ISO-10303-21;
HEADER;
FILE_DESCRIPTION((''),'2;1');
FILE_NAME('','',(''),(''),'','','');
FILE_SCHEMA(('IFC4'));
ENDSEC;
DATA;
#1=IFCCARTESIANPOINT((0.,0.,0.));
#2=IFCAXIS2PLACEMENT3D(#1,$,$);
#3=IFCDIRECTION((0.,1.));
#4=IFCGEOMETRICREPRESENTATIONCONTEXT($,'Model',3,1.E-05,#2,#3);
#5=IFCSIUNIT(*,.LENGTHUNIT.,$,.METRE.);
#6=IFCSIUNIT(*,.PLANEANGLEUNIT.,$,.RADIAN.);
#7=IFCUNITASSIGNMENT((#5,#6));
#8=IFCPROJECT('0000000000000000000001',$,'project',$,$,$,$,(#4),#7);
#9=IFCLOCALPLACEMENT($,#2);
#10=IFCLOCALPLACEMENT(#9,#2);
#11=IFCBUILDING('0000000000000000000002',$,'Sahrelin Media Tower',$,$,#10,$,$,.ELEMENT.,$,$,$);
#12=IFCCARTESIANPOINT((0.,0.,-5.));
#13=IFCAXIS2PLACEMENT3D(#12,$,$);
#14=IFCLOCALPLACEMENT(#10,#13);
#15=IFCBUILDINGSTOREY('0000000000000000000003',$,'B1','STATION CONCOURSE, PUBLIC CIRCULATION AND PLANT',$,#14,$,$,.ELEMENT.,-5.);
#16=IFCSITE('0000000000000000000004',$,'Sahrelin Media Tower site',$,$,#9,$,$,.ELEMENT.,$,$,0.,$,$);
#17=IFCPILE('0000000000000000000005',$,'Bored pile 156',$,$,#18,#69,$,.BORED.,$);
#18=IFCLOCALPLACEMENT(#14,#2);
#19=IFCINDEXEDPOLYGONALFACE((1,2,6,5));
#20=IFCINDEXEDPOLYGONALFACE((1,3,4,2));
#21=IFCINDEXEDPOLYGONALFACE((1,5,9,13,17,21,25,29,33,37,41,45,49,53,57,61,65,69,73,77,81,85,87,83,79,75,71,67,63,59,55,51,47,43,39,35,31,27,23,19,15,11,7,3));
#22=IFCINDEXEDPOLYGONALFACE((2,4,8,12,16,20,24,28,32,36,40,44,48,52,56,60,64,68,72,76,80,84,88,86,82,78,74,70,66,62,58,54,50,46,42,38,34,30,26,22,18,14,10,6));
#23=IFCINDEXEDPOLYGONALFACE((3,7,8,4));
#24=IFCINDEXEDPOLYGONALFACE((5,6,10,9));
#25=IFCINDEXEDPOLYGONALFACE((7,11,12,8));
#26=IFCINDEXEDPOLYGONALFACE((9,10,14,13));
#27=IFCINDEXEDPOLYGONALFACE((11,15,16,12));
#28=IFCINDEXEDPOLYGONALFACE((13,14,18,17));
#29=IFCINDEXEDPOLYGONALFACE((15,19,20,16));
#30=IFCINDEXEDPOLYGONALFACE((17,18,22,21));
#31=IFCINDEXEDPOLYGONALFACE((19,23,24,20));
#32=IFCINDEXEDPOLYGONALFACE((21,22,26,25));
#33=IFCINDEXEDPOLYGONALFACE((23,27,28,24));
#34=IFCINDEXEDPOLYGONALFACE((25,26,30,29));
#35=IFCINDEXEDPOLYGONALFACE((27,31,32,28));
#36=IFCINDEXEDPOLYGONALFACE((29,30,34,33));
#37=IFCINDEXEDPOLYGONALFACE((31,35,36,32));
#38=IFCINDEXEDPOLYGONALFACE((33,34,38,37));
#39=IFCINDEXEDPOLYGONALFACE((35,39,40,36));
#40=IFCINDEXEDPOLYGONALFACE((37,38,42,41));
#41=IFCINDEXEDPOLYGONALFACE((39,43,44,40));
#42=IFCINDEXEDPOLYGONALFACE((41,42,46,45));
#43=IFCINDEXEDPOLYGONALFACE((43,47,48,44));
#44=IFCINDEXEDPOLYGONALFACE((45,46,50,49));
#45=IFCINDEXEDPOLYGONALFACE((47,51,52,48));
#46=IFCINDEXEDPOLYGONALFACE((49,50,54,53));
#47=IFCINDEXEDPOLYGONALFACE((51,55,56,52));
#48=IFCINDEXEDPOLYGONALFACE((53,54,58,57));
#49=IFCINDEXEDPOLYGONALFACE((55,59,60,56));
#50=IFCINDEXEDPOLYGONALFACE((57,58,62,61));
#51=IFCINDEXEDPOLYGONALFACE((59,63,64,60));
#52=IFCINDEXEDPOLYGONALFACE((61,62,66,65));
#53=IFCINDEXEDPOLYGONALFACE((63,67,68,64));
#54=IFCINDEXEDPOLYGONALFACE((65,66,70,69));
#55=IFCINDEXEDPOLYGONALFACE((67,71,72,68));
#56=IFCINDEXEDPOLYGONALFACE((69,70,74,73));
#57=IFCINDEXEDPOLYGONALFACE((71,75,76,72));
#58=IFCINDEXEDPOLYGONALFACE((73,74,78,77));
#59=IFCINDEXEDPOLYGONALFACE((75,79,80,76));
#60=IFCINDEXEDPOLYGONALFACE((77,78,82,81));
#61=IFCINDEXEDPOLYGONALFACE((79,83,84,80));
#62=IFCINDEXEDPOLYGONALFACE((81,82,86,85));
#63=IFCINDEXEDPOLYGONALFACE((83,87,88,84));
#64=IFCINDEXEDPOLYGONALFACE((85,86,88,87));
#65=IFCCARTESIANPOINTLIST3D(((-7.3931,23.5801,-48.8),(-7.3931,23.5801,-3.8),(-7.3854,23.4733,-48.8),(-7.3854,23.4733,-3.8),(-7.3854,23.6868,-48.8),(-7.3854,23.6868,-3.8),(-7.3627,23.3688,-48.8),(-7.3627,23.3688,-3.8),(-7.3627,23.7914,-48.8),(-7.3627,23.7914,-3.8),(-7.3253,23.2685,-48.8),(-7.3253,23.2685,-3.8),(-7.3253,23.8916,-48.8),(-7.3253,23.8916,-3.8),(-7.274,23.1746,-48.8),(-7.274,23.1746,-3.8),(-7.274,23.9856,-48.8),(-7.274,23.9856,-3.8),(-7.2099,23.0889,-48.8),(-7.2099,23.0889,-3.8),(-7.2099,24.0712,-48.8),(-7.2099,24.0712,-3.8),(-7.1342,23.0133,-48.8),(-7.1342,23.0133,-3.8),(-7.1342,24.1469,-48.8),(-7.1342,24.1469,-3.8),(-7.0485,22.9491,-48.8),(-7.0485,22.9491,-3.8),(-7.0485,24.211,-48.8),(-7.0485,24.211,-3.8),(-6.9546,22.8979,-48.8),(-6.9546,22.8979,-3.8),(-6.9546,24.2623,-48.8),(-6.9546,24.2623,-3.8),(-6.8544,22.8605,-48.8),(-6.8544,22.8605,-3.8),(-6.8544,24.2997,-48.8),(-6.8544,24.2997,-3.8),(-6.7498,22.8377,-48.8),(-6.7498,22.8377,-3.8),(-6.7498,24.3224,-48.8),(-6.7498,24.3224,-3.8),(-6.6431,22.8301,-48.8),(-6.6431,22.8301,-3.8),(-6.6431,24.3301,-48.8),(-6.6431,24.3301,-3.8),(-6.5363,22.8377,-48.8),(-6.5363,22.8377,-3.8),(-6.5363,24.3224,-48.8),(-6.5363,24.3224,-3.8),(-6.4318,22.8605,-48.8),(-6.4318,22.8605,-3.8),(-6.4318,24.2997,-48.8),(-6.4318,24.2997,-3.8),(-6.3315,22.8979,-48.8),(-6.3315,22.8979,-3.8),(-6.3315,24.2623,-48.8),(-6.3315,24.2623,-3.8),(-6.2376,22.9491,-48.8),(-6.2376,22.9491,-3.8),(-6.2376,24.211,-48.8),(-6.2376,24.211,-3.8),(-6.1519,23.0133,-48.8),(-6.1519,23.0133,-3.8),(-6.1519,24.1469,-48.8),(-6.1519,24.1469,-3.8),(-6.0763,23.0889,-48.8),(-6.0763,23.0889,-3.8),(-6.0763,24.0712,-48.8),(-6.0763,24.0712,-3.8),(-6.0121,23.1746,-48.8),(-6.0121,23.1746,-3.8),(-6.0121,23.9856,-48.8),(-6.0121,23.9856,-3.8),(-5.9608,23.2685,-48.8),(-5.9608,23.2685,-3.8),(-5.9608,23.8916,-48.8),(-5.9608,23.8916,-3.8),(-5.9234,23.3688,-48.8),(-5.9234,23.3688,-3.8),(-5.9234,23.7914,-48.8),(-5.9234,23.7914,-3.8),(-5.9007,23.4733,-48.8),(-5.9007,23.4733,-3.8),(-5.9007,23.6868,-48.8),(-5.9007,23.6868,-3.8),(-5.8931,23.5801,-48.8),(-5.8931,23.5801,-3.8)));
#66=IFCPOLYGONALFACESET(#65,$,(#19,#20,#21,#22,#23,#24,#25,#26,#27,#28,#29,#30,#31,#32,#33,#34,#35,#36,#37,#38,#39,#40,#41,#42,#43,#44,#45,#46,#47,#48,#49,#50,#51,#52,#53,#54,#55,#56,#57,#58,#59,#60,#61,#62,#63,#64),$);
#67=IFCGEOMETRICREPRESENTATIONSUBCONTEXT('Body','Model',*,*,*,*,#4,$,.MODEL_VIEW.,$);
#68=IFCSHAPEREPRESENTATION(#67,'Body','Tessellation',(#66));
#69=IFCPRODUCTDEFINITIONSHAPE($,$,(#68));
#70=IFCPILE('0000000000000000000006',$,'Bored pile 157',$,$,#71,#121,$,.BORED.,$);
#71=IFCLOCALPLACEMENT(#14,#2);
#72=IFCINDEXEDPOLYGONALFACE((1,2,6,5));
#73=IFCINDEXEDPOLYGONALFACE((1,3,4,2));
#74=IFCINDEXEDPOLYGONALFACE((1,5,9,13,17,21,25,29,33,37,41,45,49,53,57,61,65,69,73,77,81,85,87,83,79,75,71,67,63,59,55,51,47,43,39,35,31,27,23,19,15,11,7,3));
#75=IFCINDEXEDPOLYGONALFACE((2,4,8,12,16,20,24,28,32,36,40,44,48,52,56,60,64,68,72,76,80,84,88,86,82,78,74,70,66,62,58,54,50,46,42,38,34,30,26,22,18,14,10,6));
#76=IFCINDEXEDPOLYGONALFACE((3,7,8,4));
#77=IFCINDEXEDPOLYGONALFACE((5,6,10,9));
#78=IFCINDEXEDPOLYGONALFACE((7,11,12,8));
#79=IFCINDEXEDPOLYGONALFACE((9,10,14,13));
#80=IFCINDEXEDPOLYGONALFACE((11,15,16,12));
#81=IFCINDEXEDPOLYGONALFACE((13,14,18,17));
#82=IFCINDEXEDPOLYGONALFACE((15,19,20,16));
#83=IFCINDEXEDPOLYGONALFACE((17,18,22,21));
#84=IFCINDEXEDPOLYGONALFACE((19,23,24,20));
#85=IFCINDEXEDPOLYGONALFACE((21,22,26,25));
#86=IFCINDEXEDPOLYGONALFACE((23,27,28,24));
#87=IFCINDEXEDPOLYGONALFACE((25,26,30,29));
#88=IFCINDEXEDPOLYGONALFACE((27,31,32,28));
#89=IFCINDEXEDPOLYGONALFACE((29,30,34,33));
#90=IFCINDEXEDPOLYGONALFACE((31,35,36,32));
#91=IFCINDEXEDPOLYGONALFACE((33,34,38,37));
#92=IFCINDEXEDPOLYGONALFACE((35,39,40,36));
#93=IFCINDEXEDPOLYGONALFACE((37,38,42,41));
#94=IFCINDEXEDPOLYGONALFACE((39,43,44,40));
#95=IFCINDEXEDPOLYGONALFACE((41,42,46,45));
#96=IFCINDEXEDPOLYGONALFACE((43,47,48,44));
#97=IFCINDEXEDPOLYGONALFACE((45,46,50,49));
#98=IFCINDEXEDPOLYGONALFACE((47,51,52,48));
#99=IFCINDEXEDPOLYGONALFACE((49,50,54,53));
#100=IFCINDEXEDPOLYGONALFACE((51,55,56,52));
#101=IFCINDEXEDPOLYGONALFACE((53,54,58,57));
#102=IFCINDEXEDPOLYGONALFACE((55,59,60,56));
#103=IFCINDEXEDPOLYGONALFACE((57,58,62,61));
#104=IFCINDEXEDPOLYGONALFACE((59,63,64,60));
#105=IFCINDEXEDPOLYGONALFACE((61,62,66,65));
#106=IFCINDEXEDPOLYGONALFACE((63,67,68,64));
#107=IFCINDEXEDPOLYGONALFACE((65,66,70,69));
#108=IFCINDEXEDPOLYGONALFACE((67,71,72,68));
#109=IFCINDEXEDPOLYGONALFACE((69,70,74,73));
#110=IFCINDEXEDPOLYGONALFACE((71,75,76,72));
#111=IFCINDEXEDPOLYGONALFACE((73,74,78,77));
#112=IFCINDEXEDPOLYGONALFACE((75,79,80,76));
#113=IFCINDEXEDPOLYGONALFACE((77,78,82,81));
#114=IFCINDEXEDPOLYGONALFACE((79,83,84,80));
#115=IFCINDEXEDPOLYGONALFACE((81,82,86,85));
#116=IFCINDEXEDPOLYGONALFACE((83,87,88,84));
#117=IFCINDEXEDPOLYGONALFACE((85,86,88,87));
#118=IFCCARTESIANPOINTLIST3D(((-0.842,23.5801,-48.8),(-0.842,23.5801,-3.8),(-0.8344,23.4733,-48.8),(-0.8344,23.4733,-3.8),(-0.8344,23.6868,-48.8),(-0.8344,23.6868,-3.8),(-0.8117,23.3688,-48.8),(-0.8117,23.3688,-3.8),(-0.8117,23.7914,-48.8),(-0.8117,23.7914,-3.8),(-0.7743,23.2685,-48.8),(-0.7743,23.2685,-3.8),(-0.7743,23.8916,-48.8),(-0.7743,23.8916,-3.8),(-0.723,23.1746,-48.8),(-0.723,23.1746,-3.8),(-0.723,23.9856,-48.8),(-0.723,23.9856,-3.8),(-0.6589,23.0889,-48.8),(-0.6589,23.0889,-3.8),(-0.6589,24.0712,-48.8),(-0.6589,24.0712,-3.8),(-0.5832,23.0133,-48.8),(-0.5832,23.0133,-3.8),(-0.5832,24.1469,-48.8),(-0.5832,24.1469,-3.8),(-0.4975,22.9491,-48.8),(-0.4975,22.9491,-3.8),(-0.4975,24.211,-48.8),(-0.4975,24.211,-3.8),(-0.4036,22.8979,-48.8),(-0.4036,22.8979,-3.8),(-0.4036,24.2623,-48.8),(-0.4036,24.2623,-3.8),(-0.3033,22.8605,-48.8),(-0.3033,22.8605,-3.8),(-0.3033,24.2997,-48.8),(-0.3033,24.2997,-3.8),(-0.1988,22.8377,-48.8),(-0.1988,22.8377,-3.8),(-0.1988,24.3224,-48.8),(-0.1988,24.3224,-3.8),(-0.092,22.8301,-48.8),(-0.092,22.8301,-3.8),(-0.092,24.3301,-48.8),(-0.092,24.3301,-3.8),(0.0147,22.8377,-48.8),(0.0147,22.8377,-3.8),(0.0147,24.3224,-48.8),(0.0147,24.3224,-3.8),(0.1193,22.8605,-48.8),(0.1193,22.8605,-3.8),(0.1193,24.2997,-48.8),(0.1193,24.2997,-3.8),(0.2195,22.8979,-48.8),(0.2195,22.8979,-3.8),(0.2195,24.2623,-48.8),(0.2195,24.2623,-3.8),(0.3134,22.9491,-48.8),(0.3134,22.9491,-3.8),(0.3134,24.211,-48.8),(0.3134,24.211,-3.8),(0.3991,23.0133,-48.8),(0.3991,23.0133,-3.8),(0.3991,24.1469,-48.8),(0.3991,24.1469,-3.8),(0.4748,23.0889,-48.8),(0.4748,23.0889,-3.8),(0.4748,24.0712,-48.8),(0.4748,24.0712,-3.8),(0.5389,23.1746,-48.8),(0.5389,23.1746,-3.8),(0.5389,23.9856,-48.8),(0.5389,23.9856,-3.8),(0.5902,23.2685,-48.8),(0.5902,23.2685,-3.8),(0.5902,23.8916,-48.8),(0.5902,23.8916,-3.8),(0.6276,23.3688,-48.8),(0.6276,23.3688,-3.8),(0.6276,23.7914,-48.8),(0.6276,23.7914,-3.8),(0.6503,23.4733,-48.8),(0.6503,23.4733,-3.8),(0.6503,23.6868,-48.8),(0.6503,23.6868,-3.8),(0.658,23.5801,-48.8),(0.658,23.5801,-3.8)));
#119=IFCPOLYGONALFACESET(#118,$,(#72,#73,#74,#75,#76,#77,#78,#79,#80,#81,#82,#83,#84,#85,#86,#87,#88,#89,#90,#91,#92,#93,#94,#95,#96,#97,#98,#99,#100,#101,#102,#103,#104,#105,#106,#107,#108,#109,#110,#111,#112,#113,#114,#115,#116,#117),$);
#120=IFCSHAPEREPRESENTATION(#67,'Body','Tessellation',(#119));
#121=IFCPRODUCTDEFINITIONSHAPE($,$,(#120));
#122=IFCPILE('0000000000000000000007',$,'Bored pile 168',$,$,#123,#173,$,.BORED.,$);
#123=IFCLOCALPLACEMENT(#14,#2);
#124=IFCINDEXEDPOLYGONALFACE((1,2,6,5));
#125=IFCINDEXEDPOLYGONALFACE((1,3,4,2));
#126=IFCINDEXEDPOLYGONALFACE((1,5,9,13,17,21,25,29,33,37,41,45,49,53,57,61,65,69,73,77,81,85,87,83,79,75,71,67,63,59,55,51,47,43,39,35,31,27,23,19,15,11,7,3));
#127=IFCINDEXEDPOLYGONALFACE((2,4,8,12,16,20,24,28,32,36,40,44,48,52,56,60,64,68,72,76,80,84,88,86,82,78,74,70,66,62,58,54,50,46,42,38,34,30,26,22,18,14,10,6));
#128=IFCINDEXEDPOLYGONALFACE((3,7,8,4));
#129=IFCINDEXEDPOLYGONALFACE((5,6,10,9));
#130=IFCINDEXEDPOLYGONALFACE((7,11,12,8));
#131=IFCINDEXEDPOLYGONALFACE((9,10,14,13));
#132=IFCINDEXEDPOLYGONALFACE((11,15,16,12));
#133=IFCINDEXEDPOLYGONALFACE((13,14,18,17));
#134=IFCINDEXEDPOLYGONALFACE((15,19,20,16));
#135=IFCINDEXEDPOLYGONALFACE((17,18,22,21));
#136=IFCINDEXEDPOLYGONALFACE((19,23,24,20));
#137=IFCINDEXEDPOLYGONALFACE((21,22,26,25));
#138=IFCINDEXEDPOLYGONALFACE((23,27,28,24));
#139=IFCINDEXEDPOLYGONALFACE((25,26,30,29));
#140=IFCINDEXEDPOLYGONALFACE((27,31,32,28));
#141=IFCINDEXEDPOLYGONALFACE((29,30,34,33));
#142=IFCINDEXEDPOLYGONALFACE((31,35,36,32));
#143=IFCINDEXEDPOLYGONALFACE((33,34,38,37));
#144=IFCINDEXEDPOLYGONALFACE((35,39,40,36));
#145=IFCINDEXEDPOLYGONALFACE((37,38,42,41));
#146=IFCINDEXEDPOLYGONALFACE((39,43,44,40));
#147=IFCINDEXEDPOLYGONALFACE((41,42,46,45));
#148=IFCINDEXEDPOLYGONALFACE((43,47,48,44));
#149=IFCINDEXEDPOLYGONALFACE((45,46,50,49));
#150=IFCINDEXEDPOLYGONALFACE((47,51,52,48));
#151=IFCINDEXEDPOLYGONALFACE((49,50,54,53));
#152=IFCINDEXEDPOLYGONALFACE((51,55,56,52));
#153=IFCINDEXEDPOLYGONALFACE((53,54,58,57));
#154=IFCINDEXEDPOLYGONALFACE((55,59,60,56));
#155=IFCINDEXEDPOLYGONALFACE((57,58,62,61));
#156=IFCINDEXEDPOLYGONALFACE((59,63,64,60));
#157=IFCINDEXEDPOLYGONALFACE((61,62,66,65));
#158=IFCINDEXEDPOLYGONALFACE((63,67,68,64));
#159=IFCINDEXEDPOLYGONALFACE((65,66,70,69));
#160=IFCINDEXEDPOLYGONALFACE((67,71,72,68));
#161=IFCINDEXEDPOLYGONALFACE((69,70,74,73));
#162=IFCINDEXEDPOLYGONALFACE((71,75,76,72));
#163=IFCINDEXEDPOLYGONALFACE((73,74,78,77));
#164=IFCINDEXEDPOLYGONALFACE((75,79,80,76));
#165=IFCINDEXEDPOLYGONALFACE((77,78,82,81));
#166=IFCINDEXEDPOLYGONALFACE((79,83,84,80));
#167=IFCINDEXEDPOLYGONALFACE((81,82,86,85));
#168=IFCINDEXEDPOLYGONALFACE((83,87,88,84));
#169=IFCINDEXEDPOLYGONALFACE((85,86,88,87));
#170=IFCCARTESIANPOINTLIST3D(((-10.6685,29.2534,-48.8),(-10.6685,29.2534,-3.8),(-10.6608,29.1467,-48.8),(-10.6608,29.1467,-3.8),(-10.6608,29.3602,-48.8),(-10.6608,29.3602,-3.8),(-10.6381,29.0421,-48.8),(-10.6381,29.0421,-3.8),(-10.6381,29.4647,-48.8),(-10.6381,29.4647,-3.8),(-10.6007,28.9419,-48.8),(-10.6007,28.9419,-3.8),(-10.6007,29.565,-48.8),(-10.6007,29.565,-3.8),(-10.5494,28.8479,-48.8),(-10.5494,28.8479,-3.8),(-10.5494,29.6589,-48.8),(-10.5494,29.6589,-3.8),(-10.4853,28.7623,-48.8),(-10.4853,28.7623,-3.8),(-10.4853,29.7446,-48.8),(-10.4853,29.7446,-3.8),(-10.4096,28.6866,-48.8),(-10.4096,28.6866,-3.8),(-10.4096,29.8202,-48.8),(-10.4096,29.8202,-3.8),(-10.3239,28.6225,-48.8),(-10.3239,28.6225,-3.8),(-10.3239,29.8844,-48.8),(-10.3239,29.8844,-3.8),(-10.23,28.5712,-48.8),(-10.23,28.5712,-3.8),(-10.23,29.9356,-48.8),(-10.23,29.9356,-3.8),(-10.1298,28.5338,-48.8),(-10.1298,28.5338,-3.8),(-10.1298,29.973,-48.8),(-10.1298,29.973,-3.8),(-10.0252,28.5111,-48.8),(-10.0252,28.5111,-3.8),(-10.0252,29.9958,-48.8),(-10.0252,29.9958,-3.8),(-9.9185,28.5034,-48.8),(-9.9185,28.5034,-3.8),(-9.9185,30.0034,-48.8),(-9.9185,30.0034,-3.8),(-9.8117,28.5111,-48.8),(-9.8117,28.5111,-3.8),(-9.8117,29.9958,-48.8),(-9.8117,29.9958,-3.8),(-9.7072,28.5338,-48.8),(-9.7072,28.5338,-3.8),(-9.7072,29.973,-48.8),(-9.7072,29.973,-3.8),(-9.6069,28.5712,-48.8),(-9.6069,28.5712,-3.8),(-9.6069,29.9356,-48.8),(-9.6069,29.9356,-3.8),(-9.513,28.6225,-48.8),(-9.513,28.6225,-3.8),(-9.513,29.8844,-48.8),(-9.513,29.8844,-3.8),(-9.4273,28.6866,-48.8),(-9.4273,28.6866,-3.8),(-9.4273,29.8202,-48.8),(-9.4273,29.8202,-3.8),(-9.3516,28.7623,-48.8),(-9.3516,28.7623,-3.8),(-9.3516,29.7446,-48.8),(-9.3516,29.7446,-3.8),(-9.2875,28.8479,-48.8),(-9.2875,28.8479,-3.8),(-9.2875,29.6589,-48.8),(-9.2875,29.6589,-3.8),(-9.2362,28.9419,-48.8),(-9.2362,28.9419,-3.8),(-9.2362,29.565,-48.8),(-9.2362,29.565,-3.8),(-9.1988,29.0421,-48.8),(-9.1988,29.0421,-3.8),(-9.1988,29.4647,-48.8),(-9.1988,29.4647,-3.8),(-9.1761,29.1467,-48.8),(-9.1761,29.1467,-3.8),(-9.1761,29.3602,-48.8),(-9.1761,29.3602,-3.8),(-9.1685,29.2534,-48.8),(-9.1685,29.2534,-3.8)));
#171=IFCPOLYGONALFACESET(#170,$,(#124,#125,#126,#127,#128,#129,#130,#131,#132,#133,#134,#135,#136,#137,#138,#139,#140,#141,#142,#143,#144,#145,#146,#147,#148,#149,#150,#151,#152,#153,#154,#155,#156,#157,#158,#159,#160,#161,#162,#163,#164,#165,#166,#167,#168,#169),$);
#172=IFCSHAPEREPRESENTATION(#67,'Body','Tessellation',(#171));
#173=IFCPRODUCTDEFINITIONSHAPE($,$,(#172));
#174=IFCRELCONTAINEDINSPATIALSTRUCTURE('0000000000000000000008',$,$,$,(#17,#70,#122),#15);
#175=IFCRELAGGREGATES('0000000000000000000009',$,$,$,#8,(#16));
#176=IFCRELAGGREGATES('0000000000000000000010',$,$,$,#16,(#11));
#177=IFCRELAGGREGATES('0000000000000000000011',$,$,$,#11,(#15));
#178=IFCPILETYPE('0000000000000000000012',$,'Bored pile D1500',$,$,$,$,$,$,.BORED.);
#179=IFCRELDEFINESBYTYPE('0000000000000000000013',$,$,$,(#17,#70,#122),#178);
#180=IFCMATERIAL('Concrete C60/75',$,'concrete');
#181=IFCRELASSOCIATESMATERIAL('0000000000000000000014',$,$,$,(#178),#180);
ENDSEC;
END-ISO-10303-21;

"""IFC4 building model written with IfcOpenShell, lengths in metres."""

from ifc_helpers import new_model, si_unit, direction, frame, origin, origin_2d, place, context, subcontext, project, spatial, circle, extrude, material, material_profile, profile_set, type_object, element, save


model = new_model("IFC4")

# Units and contexts
model_context = context("Model", 3, precision=1e-05, world=origin(), true_north=direction((0.0, 1.0)))
body_context = subcontext(model_context, "Body", "Model", "MODEL_VIEW")
ifc_project = project(units=[si_unit("LENGTHUNIT", "METRE"), si_unit("PLANEANGLEUNIT", "RADIAN")], contexts=[model_context])

# Site, building, storey
site_placement = place(None, origin())
site = spatial("IfcSite", under=ifc_project, at=site_placement, Name="Sahrelin Media Tower site", CompositionType="ELEMENT", RefElevation=0.0)
building_placement = place(site_placement, origin())
building = spatial("IfcBuilding", under=site, at=building_placement, Name="Sahrelin Media Tower", CompositionType="ELEMENT")
storey_placement = place(building_placement, frame((0.0, 0.0, -5.0)))
storey = spatial("IfcBuildingStorey", under=building, at=storey_placement, Name="B1", Description="STATION CONCOURSE, PUBLIC CIRCULATION AND PLANT", CompositionType="ELEMENT", Elevation=-5.0)

# Piles
ifc_material_1 = material(Name="Concrete C60/75", Category="concrete")
ifc_material_profile = material_profile(ifc_material_1, circle(Radius=0.75, at=origin_2d()), Name="Bored pile D1500")
ifc_profile_set = profile_set([ifc_material_profile], Name="Concrete C60/75")
pile_type = type_object("IfcPileType", Name="Bored pile D1500", PredefinedType="BORED", material=ifc_profile_set)
for number, where, z_axis, x_axis, name in (
    (1, (-6.6431, 23.5801, -3.8), (0.0, 0.0, -1.0), (1.0, 0.0, 0.0), "Bored pile 156"),
    (2, (-0.092, 23.5801, -3.8), (0.0, 0.0, -1.0), (1.0, 0.0, 0.0), "Bored pile 157"),
    (3, (-9.9185, 29.2534, -3.8), (0.0, 0.0, -1.0), (1.0, 0.0, 0.0), "Bored pile 168"),
):
    element("IfcPile", number, at=place(storey_placement, frame(where, z_axis=z_axis, x_axis=x_axis)), inside=storey, type_object=pile_type, Name=name, PredefinedType="BORED", context=body_context, shape_type="SweptSolid", body=[
        extrude(circle(Radius=0.75, at=origin_2d()), origin(), (0.0, 0.0, 1.0), 45.0),
    ])

save(model, "model.ifc")
